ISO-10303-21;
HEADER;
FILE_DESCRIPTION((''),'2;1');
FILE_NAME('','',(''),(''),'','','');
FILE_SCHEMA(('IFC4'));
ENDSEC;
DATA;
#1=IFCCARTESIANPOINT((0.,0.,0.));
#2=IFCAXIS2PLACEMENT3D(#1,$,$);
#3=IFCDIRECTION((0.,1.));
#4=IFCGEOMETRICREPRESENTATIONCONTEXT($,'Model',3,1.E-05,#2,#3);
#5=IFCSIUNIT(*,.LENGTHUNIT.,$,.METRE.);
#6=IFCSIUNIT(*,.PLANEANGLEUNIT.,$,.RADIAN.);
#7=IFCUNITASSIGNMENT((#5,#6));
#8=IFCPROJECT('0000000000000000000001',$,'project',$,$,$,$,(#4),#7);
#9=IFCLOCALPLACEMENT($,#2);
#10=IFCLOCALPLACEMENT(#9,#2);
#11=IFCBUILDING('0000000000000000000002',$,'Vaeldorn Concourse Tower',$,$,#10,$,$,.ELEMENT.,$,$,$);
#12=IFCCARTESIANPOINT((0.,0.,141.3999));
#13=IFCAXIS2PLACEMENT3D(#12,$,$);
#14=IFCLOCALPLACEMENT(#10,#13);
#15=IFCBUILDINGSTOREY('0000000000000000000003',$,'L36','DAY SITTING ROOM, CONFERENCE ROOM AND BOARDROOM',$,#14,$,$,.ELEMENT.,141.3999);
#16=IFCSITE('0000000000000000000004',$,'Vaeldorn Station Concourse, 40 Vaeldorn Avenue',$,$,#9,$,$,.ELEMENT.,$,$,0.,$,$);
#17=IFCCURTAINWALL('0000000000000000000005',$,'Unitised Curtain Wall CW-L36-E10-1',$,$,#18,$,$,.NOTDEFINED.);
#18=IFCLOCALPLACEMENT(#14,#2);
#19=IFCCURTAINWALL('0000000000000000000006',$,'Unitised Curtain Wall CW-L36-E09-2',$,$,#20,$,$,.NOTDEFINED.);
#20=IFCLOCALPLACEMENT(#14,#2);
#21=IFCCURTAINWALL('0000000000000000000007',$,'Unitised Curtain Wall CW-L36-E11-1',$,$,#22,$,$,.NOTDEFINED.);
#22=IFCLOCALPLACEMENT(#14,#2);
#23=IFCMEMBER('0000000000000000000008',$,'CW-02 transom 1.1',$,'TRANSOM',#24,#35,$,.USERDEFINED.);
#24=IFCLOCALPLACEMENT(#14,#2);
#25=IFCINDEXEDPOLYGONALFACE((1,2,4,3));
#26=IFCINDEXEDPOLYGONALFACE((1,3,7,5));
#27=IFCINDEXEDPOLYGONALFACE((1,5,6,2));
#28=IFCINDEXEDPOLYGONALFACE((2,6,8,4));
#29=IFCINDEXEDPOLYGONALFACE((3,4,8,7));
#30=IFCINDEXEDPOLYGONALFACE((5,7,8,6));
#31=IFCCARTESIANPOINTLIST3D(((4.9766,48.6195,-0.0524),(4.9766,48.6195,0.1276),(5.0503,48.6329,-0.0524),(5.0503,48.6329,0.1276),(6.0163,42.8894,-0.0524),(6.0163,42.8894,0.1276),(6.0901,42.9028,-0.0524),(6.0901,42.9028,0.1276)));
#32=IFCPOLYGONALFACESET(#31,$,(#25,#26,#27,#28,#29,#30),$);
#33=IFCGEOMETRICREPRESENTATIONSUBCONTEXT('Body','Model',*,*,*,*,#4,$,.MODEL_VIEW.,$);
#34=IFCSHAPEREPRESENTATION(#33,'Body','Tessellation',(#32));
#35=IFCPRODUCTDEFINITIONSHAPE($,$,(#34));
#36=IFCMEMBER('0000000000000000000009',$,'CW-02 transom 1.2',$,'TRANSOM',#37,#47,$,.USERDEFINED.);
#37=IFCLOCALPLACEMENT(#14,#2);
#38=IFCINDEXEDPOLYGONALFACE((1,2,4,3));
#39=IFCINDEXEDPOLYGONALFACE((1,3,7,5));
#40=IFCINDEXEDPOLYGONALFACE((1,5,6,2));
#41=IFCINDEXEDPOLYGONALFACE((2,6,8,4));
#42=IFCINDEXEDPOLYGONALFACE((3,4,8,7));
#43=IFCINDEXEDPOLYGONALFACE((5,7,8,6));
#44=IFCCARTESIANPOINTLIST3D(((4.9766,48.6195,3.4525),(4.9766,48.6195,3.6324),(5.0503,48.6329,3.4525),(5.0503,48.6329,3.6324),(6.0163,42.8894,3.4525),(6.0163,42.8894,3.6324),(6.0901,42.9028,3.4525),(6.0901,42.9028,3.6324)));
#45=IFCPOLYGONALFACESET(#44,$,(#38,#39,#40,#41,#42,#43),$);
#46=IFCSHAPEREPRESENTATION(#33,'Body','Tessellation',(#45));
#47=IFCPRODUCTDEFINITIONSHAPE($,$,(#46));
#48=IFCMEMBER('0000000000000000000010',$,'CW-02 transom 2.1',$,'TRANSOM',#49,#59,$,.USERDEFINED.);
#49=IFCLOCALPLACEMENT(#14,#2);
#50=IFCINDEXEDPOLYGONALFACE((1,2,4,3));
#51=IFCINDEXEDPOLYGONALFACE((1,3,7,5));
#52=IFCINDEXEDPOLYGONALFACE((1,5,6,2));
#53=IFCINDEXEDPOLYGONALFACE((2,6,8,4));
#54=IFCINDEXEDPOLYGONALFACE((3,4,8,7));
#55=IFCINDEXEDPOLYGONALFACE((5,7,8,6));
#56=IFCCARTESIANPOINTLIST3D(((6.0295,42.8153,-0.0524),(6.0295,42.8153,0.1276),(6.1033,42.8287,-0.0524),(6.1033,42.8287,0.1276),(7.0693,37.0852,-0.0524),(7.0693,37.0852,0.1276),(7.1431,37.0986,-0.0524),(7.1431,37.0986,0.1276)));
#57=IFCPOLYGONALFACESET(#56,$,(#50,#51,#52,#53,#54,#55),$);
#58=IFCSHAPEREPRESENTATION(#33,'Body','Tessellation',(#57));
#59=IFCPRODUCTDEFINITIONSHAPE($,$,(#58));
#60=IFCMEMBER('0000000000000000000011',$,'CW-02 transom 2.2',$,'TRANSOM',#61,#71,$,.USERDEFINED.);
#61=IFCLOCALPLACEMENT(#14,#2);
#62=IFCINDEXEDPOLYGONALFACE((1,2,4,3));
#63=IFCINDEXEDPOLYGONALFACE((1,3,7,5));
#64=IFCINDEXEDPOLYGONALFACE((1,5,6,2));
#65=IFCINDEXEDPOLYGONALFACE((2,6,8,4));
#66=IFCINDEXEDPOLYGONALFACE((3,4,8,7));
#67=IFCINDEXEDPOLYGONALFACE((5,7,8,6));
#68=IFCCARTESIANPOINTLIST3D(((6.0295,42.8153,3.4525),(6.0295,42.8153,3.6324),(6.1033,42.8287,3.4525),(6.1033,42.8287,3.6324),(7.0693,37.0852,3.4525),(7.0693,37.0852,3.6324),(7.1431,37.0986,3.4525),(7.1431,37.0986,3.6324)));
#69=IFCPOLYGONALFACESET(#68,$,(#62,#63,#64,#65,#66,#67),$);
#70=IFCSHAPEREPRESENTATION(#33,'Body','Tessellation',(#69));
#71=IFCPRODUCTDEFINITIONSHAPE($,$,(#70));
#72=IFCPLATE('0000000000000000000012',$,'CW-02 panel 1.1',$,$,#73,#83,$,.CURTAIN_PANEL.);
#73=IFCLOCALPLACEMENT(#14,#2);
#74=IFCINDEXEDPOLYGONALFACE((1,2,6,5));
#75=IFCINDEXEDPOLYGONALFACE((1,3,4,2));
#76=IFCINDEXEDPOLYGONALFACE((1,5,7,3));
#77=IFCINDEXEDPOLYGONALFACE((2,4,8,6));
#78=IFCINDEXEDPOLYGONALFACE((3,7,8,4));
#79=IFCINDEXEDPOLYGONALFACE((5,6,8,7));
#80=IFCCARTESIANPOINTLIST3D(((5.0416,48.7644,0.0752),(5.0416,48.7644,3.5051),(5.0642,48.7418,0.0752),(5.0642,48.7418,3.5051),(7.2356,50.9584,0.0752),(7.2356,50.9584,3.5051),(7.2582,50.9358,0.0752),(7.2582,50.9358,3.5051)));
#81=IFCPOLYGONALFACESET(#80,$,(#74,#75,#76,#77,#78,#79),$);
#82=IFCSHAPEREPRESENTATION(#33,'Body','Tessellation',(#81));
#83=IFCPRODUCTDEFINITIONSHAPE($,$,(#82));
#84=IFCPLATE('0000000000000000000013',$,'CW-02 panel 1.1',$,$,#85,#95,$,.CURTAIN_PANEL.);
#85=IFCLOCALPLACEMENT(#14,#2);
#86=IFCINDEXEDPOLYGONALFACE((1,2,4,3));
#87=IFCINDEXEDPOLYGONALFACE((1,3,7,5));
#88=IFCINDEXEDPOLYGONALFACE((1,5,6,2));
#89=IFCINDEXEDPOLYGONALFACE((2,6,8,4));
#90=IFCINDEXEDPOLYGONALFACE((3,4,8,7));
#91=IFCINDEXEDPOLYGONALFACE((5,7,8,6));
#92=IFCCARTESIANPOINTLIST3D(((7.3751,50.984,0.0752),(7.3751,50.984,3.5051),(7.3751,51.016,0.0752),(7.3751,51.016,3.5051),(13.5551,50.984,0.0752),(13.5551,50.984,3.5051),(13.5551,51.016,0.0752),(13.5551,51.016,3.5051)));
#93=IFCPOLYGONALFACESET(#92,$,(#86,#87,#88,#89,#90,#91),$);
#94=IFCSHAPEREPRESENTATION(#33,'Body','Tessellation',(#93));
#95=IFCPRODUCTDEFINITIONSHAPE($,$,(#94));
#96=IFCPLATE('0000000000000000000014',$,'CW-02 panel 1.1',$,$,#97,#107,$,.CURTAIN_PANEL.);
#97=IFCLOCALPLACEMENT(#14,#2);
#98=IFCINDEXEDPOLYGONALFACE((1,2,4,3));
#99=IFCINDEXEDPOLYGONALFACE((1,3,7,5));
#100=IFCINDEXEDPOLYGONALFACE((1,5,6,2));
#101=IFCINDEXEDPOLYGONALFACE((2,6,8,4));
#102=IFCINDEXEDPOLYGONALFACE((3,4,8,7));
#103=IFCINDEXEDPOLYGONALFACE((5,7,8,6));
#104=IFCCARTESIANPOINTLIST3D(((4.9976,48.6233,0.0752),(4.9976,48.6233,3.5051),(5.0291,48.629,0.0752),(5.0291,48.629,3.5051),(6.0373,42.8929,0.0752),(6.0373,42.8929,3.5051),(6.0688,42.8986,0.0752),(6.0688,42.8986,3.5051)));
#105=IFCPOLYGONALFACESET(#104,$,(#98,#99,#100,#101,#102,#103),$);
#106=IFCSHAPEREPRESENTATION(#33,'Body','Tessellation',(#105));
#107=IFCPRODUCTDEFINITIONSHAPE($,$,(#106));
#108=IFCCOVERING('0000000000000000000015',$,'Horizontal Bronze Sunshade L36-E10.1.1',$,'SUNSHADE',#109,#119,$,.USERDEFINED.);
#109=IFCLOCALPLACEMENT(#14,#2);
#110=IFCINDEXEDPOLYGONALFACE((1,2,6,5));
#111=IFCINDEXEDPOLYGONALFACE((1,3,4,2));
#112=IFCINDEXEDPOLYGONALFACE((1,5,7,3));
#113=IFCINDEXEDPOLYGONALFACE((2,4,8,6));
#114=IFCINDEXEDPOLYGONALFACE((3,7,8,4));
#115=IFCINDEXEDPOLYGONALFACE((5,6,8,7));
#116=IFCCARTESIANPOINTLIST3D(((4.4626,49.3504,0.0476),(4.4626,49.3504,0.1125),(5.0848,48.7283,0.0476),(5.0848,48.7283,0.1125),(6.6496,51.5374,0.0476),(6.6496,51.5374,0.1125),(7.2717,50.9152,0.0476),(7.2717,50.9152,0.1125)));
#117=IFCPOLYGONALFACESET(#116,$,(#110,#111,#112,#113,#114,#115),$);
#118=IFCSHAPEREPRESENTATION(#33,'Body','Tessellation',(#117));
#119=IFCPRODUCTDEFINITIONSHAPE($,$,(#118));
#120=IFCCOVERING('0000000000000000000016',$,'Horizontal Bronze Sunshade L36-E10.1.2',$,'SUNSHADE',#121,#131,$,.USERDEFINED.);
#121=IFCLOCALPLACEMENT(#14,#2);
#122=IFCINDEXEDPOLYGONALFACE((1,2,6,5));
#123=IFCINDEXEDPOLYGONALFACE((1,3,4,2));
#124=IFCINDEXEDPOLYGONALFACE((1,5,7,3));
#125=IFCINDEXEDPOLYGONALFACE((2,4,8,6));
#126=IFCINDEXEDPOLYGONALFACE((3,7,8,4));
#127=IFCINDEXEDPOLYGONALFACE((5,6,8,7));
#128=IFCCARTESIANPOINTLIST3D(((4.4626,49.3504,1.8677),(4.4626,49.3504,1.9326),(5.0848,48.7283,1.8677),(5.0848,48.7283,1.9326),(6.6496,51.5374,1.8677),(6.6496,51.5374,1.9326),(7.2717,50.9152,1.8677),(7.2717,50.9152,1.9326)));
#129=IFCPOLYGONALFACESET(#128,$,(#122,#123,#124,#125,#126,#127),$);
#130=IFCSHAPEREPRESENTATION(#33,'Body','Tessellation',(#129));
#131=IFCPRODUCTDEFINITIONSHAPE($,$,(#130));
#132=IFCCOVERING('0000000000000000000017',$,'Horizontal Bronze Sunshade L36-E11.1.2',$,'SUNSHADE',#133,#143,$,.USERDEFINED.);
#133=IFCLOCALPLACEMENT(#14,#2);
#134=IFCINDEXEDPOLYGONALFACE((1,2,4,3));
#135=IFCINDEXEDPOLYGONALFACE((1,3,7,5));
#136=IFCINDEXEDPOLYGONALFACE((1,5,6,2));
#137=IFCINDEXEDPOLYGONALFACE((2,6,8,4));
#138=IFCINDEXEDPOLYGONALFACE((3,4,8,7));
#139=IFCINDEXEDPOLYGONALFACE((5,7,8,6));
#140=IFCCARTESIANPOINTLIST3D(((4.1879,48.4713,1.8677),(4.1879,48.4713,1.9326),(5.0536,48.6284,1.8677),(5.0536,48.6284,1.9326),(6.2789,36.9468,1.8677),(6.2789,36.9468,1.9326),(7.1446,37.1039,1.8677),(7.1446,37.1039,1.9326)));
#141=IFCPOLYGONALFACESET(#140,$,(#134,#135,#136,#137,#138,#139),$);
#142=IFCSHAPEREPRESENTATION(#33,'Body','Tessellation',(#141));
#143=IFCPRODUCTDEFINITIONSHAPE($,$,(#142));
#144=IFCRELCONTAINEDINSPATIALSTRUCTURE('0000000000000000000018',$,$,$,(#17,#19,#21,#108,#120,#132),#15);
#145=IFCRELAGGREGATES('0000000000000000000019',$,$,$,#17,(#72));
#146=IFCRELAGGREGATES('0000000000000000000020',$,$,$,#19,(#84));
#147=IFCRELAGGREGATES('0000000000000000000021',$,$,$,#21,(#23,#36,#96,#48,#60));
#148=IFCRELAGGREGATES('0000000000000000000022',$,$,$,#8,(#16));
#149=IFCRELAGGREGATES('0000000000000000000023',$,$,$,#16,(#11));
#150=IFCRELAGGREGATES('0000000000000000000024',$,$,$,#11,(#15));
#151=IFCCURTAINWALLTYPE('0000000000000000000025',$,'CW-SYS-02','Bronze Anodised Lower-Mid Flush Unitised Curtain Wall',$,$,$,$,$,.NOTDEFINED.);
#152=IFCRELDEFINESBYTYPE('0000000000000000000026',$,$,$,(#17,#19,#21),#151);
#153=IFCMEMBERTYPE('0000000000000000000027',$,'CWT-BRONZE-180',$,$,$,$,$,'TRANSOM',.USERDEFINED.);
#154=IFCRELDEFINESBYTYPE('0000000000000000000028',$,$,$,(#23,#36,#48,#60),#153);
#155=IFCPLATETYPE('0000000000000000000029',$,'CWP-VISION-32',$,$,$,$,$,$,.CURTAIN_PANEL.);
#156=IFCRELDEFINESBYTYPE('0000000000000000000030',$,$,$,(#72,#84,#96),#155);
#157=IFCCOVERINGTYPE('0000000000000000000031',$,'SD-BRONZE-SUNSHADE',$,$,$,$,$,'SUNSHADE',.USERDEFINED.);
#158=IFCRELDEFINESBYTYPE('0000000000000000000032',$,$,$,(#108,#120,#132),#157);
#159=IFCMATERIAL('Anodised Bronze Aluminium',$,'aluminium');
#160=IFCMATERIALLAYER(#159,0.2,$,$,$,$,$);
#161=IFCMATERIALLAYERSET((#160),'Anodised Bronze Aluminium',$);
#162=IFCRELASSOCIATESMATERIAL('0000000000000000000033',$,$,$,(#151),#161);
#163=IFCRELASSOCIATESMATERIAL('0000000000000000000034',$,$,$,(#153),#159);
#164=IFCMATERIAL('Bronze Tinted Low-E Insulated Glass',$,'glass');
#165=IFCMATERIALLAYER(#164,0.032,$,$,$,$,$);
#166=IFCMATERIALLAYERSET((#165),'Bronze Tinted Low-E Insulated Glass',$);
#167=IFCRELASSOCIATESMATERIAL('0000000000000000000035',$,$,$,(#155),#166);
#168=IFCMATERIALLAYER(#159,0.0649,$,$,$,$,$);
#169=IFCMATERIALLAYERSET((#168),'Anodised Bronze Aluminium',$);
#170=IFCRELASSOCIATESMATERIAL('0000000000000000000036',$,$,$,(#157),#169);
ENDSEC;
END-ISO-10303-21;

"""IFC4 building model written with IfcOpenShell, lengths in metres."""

from ifc_helpers import new_model, si_unit, direction, frame, origin, origin_2d, place, context, subcontext, project, spatial, rectangle, extrude, source, transform, mapped, material, layer, layer_set, material_profile, profile_set, type_object, element, aggregate, save


model = new_model("IFC4")

# Units and contexts
model_context = context("Model", 3, precision=1e-05, world=origin(), true_north=direction((0.0, 1.0)))
body_context = subcontext(model_context, "Body", "Model", "MODEL_VIEW")
ifc_project = project(units=[si_unit("LENGTHUNIT", "METRE"), si_unit("PLANEANGLEUNIT", "RADIAN")], contexts=[model_context])

# Site, building, storey
site_placement = place(None, origin())
site = spatial("IfcSite", under=ifc_project, at=site_placement, Name="Vaeldorn Station Concourse, 40 Vaeldorn Avenue", CompositionType="ELEMENT", RefElevation=0.0)
building_placement = place(site_placement, origin())
building = spatial("IfcBuilding", under=site, at=building_placement, Name="Vaeldorn Concourse Tower", CompositionType="ELEMENT")
storey_placement = place(building_placement, frame((0.0, 0.0, 141.3999)))
storey = spatial("IfcBuildingStorey", under=building, at=storey_placement, Name="L36", Description="DAY SITTING ROOM, CONFERENCE ROOM AND BOARDROOM", CompositionType="ELEMENT", Elevation=141.3999)

# Curtain walls
ifc_material_1 = material(Name="Anodised Bronze Aluminium", Category="aluminium")
ifc_layer_1 = layer(ifc_material_1, 0.2)
ifc_layer_set_1 = layer_set([ifc_layer_1], Name="Anodised Bronze Aluminium")
curtain_wall_type = type_object("IfcCurtainWallType", Name="CW-SYS-02", Description="Bronze Anodised Lower-Mid Flush Unitised Curtain Wall", PredefinedType="NOTDEFINED", material=ifc_layer_set_1)
curtain_wall_1_placement = place(storey_placement, origin())
curtain_wall_1 = element("IfcCurtainWall", 1, at=curtain_wall_1_placement, inside=storey, type_object=curtain_wall_type, Name="Unitised Curtain Wall CW-L36-E10-1", PredefinedType="NOTDEFINED")
ifc_material_profile_1 = material_profile(ifc_material_1, rectangle(XDim=0.075, YDim=0.1799, at=origin_2d()), Name="CWT 75x180")
ifc_profile_set_1 = profile_set([ifc_material_profile_1], Name="Anodised Bronze Aluminium")
member_type_1 = type_object("IfcMemberType", Name="CWT-BRONZE-180", ElementType="TRANSOM", PredefinedType="USERDEFINED", material=ifc_profile_set_1)
curtain_wall_2_placement = place(storey_placement, origin())
curtain_wall_2 = element("IfcCurtainWall", 2, at=curtain_wall_2_placement, inside=storey, type_object=curtain_wall_type, Name="Unitised Curtain Wall CW-L36-E09-2", PredefinedType="NOTDEFINED")

# Curtain wall
curtain_wall_3_placement = place(storey_placement, origin())
curtain_wall_3 = element("IfcCurtainWall", 3, at=curtain_wall_3_placement, inside=storey, type_object=curtain_wall_type, Name="Unitised Curtain Wall CW-L36-E11-1", PredefinedType="NOTDEFINED")

# Members
shared_shape_1 = source(origin(), body_context, "Body", "SweptSolid", [
    extrude(rectangle(XDim=0.075, YDim=0.1799, at=origin_2d()), origin(), (0.0, 0.0, 1.0), 5.8237),
])
member_1_placement = place(storey_placement, frame((5.0134, 48.6262, 0.0376), z_axis=(0.178542, -0.983932, 0.0), x_axis=(0.983932, 0.178542, 0.0)))
member_1 = element("IfcMember", 4, at=member_1_placement, type_object=member_type_1, Name="CW-02 transom 1.1", ObjectType="TRANSOM", PredefinedType="USERDEFINED", context=body_context, shape_type="MappedRepresentation", body=[
    mapped(shared_shape_1, transform((0.0, 0.0, 0.0), scale=1.0)),
])
member_2_placement = place(storey_placement, frame((5.0134, 48.6262, 3.5425), z_axis=(0.178542, -0.983932, 0.0), x_axis=(0.983932, 0.178542, 0.0)))
member_2 = element("IfcMember", 5, at=member_2_placement, type_object=member_type_1, Name="CW-02 transom 1.2", ObjectType="TRANSOM", PredefinedType="USERDEFINED", context=body_context, shape_type="MappedRepresentation", body=[
    mapped(shared_shape_1, transform((0.0, 0.0, 0.0), scale=1.0)),
])
member_3_placement = place(storey_placement, frame((6.0664, 42.822, 0.0376), z_axis=(0.178542, -0.983932, 0.0), x_axis=(0.983932, 0.178542, 0.0)))
member_3 = element("IfcMember", 6, at=member_3_placement, type_object=member_type_1, Name="CW-02 transom 2.1", ObjectType="TRANSOM", PredefinedType="USERDEFINED", context=body_context, shape_type="MappedRepresentation", body=[
    mapped(shared_shape_1, transform((0.0, 0.0, 0.0), scale=1.0)),
])
member_4_placement = place(storey_placement, frame((6.0664, 42.822, 3.5425), z_axis=(0.178542, -0.983932, 0.0), x_axis=(0.983932, 0.178542, 0.0)))
member_4 = element("IfcMember", 7, at=member_4_placement, type_object=member_type_1, Name="CW-02 transom 2.2", ObjectType="TRANSOM", PredefinedType="USERDEFINED", context=body_context, shape_type="MappedRepresentation", body=[
    mapped(shared_shape_1, transform((0.0, 0.0, 0.0), scale=1.0)),
])

# Plates
ifc_material_2 = material(Name="Bronze Tinted Low-E Insulated Glass", Category="glass")
ifc_layer_2 = layer(ifc_material_2, 0.032)
ifc_layer_set_2 = layer_set([ifc_layer_2], Name="Bronze Tinted Low-E Insulated Glass")
plate_type = type_object("IfcPlateType", Name="CWP-VISION-32", PredefinedType="CURTAIN_PANEL", material=ifc_layer_set_2)
shared_shape_2 = source(origin(), body_context, "Body", "SweptSolid", [
    extrude(rectangle(XDim=3.1028, YDim=0.032, at=origin_2d()), origin(), (0.0, 0.0, 1.0), 3.4299),
])
plate_1_placement = place(storey_placement, frame((6.1499, 49.8501, 0.0752), z_axis=(0.0, 0.0, 1.0), x_axis=(-0.707107, -0.707107, 0.0)))
plate_1 = element("IfcPlate", 8, at=plate_1_placement, type_object=plate_type, Name="CW-02 panel 1.1", PredefinedType="CURTAIN_PANEL", context=body_context, shape_type="MappedRepresentation", body=[
    mapped(shared_shape_2, transform((0.0, 0.0, 0.0), scale=1.0)),
])
aggregate(curtain_wall_1, [plate_1])
shared_shape_3 = source(origin(), body_context, "Body", "SweptSolid", [
    extrude(rectangle(XDim=6.1799, YDim=0.032, at=origin_2d()), origin(), (0.0, 0.0, 1.0), 3.4299),
])
plate_2_placement = place(storey_placement, frame((10.4651, 51.0, 0.0752), z_axis=(0.0, 0.0, 1.0), x_axis=(-1.0, 0.0, 0.0)))
plate_2 = element("IfcPlate", 9, at=plate_2_placement, type_object=plate_type, Name="CW-02 panel 1.1", PredefinedType="CURTAIN_PANEL", context=body_context, shape_type="MappedRepresentation", body=[
    mapped(shared_shape_3, transform((0.0, 0.0, 0.0), scale=1.0)),
])
aggregate(curtain_wall_2, [plate_2])
shared_shape_4 = source(origin(), body_context, "Body", "SweptSolid", [
    extrude(rectangle(XDim=5.824, YDim=0.032, at=origin_2d()), origin(), (0.0, 0.0, 1.0), 3.4299),
])
plate_3_placement = place(storey_placement, frame((5.5332, 45.761, 0.0752), z_axis=(0.0, 0.0, 1.0), x_axis=(0.178527, -0.983935, 0.0)))
plate_3 = element("IfcPlate", 10, at=plate_3_placement, type_object=plate_type, Name="CW-02 panel 1.1", PredefinedType="CURTAIN_PANEL", context=body_context, shape_type="MappedRepresentation", body=[
    mapped(shared_shape_4, transform((0.0, 0.0, 0.0), scale=1.0)),
])
aggregate(curtain_wall_3, [member_1, member_2, plate_3, member_3, member_4])

# Coverings
ifc_layer_3 = layer(ifc_material_1, 0.0649)
ifc_layer_set_3 = layer_set([ifc_layer_3], Name="Anodised Bronze Aluminium")
covering_type = type_object("IfcCoveringType", Name="SD-BRONZE-SUNSHADE", ElementType="SUNSHADE", PredefinedType="USERDEFINED", material=ifc_layer_set_3)
shared_shape_5 = source(origin(), body_context, "Body", "SweptSolid", [
    extrude(rectangle(XDim=3.0928, YDim=0.8799, at=origin_2d()), origin(), (0.0, 0.0, 1.0), 0.0649),
])
for number, where, z_axis, x_axis, name in (
    (11, (5.8672, 50.1328, 0.0476), (0.0, 0.0, 1.0), (-0.707107, -0.707107, 0.0), "Horizontal Bronze Sunshade L36-E10.1.1"),
    (12, (5.8672, 50.1328, 1.8677), (0.0, 0.0, 1.0), (-0.707107, -0.707107, 0.0), "Horizontal Bronze Sunshade L36-E10.1.2"),
):
    element("IfcCovering", number, at=place(storey_placement, frame(where, z_axis=z_axis, x_axis=x_axis)), inside=storey, type_object=covering_type, Name=name, ObjectType="SUNSHADE", PredefinedType="USERDEFINED", context=body_context, shape_type="MappedRepresentation", body=[
        mapped(shared_shape_5, transform((0.0, 0.0, 0.0), scale=1.0)),
    ])
shared_shape_6 = source(origin(), body_context, "Body", "SweptSolid", [
    extrude(rectangle(XDim=11.7126, YDim=0.8799, at=origin_2d()), origin(), (0.0, 0.0, 1.0), 0.0649),
])
covering_placement = place(storey_placement, frame((5.6663, 42.7876, 1.8677), z_axis=(0.0, 0.0, 1.0), x_axis=(0.178527, -0.983935, 0.0)))
element("IfcCovering", 13, at=covering_placement, inside=storey, type_object=covering_type, Name="Horizontal Bronze Sunshade L36-E11.1.2", ObjectType="SUNSHADE", PredefinedType="USERDEFINED", context=body_context, shape_type="MappedRepresentation", body=[
    mapped(shared_shape_6, transform((0.0, 0.0, 0.0), scale=1.0)),
])

save(model, "model.ifc")
